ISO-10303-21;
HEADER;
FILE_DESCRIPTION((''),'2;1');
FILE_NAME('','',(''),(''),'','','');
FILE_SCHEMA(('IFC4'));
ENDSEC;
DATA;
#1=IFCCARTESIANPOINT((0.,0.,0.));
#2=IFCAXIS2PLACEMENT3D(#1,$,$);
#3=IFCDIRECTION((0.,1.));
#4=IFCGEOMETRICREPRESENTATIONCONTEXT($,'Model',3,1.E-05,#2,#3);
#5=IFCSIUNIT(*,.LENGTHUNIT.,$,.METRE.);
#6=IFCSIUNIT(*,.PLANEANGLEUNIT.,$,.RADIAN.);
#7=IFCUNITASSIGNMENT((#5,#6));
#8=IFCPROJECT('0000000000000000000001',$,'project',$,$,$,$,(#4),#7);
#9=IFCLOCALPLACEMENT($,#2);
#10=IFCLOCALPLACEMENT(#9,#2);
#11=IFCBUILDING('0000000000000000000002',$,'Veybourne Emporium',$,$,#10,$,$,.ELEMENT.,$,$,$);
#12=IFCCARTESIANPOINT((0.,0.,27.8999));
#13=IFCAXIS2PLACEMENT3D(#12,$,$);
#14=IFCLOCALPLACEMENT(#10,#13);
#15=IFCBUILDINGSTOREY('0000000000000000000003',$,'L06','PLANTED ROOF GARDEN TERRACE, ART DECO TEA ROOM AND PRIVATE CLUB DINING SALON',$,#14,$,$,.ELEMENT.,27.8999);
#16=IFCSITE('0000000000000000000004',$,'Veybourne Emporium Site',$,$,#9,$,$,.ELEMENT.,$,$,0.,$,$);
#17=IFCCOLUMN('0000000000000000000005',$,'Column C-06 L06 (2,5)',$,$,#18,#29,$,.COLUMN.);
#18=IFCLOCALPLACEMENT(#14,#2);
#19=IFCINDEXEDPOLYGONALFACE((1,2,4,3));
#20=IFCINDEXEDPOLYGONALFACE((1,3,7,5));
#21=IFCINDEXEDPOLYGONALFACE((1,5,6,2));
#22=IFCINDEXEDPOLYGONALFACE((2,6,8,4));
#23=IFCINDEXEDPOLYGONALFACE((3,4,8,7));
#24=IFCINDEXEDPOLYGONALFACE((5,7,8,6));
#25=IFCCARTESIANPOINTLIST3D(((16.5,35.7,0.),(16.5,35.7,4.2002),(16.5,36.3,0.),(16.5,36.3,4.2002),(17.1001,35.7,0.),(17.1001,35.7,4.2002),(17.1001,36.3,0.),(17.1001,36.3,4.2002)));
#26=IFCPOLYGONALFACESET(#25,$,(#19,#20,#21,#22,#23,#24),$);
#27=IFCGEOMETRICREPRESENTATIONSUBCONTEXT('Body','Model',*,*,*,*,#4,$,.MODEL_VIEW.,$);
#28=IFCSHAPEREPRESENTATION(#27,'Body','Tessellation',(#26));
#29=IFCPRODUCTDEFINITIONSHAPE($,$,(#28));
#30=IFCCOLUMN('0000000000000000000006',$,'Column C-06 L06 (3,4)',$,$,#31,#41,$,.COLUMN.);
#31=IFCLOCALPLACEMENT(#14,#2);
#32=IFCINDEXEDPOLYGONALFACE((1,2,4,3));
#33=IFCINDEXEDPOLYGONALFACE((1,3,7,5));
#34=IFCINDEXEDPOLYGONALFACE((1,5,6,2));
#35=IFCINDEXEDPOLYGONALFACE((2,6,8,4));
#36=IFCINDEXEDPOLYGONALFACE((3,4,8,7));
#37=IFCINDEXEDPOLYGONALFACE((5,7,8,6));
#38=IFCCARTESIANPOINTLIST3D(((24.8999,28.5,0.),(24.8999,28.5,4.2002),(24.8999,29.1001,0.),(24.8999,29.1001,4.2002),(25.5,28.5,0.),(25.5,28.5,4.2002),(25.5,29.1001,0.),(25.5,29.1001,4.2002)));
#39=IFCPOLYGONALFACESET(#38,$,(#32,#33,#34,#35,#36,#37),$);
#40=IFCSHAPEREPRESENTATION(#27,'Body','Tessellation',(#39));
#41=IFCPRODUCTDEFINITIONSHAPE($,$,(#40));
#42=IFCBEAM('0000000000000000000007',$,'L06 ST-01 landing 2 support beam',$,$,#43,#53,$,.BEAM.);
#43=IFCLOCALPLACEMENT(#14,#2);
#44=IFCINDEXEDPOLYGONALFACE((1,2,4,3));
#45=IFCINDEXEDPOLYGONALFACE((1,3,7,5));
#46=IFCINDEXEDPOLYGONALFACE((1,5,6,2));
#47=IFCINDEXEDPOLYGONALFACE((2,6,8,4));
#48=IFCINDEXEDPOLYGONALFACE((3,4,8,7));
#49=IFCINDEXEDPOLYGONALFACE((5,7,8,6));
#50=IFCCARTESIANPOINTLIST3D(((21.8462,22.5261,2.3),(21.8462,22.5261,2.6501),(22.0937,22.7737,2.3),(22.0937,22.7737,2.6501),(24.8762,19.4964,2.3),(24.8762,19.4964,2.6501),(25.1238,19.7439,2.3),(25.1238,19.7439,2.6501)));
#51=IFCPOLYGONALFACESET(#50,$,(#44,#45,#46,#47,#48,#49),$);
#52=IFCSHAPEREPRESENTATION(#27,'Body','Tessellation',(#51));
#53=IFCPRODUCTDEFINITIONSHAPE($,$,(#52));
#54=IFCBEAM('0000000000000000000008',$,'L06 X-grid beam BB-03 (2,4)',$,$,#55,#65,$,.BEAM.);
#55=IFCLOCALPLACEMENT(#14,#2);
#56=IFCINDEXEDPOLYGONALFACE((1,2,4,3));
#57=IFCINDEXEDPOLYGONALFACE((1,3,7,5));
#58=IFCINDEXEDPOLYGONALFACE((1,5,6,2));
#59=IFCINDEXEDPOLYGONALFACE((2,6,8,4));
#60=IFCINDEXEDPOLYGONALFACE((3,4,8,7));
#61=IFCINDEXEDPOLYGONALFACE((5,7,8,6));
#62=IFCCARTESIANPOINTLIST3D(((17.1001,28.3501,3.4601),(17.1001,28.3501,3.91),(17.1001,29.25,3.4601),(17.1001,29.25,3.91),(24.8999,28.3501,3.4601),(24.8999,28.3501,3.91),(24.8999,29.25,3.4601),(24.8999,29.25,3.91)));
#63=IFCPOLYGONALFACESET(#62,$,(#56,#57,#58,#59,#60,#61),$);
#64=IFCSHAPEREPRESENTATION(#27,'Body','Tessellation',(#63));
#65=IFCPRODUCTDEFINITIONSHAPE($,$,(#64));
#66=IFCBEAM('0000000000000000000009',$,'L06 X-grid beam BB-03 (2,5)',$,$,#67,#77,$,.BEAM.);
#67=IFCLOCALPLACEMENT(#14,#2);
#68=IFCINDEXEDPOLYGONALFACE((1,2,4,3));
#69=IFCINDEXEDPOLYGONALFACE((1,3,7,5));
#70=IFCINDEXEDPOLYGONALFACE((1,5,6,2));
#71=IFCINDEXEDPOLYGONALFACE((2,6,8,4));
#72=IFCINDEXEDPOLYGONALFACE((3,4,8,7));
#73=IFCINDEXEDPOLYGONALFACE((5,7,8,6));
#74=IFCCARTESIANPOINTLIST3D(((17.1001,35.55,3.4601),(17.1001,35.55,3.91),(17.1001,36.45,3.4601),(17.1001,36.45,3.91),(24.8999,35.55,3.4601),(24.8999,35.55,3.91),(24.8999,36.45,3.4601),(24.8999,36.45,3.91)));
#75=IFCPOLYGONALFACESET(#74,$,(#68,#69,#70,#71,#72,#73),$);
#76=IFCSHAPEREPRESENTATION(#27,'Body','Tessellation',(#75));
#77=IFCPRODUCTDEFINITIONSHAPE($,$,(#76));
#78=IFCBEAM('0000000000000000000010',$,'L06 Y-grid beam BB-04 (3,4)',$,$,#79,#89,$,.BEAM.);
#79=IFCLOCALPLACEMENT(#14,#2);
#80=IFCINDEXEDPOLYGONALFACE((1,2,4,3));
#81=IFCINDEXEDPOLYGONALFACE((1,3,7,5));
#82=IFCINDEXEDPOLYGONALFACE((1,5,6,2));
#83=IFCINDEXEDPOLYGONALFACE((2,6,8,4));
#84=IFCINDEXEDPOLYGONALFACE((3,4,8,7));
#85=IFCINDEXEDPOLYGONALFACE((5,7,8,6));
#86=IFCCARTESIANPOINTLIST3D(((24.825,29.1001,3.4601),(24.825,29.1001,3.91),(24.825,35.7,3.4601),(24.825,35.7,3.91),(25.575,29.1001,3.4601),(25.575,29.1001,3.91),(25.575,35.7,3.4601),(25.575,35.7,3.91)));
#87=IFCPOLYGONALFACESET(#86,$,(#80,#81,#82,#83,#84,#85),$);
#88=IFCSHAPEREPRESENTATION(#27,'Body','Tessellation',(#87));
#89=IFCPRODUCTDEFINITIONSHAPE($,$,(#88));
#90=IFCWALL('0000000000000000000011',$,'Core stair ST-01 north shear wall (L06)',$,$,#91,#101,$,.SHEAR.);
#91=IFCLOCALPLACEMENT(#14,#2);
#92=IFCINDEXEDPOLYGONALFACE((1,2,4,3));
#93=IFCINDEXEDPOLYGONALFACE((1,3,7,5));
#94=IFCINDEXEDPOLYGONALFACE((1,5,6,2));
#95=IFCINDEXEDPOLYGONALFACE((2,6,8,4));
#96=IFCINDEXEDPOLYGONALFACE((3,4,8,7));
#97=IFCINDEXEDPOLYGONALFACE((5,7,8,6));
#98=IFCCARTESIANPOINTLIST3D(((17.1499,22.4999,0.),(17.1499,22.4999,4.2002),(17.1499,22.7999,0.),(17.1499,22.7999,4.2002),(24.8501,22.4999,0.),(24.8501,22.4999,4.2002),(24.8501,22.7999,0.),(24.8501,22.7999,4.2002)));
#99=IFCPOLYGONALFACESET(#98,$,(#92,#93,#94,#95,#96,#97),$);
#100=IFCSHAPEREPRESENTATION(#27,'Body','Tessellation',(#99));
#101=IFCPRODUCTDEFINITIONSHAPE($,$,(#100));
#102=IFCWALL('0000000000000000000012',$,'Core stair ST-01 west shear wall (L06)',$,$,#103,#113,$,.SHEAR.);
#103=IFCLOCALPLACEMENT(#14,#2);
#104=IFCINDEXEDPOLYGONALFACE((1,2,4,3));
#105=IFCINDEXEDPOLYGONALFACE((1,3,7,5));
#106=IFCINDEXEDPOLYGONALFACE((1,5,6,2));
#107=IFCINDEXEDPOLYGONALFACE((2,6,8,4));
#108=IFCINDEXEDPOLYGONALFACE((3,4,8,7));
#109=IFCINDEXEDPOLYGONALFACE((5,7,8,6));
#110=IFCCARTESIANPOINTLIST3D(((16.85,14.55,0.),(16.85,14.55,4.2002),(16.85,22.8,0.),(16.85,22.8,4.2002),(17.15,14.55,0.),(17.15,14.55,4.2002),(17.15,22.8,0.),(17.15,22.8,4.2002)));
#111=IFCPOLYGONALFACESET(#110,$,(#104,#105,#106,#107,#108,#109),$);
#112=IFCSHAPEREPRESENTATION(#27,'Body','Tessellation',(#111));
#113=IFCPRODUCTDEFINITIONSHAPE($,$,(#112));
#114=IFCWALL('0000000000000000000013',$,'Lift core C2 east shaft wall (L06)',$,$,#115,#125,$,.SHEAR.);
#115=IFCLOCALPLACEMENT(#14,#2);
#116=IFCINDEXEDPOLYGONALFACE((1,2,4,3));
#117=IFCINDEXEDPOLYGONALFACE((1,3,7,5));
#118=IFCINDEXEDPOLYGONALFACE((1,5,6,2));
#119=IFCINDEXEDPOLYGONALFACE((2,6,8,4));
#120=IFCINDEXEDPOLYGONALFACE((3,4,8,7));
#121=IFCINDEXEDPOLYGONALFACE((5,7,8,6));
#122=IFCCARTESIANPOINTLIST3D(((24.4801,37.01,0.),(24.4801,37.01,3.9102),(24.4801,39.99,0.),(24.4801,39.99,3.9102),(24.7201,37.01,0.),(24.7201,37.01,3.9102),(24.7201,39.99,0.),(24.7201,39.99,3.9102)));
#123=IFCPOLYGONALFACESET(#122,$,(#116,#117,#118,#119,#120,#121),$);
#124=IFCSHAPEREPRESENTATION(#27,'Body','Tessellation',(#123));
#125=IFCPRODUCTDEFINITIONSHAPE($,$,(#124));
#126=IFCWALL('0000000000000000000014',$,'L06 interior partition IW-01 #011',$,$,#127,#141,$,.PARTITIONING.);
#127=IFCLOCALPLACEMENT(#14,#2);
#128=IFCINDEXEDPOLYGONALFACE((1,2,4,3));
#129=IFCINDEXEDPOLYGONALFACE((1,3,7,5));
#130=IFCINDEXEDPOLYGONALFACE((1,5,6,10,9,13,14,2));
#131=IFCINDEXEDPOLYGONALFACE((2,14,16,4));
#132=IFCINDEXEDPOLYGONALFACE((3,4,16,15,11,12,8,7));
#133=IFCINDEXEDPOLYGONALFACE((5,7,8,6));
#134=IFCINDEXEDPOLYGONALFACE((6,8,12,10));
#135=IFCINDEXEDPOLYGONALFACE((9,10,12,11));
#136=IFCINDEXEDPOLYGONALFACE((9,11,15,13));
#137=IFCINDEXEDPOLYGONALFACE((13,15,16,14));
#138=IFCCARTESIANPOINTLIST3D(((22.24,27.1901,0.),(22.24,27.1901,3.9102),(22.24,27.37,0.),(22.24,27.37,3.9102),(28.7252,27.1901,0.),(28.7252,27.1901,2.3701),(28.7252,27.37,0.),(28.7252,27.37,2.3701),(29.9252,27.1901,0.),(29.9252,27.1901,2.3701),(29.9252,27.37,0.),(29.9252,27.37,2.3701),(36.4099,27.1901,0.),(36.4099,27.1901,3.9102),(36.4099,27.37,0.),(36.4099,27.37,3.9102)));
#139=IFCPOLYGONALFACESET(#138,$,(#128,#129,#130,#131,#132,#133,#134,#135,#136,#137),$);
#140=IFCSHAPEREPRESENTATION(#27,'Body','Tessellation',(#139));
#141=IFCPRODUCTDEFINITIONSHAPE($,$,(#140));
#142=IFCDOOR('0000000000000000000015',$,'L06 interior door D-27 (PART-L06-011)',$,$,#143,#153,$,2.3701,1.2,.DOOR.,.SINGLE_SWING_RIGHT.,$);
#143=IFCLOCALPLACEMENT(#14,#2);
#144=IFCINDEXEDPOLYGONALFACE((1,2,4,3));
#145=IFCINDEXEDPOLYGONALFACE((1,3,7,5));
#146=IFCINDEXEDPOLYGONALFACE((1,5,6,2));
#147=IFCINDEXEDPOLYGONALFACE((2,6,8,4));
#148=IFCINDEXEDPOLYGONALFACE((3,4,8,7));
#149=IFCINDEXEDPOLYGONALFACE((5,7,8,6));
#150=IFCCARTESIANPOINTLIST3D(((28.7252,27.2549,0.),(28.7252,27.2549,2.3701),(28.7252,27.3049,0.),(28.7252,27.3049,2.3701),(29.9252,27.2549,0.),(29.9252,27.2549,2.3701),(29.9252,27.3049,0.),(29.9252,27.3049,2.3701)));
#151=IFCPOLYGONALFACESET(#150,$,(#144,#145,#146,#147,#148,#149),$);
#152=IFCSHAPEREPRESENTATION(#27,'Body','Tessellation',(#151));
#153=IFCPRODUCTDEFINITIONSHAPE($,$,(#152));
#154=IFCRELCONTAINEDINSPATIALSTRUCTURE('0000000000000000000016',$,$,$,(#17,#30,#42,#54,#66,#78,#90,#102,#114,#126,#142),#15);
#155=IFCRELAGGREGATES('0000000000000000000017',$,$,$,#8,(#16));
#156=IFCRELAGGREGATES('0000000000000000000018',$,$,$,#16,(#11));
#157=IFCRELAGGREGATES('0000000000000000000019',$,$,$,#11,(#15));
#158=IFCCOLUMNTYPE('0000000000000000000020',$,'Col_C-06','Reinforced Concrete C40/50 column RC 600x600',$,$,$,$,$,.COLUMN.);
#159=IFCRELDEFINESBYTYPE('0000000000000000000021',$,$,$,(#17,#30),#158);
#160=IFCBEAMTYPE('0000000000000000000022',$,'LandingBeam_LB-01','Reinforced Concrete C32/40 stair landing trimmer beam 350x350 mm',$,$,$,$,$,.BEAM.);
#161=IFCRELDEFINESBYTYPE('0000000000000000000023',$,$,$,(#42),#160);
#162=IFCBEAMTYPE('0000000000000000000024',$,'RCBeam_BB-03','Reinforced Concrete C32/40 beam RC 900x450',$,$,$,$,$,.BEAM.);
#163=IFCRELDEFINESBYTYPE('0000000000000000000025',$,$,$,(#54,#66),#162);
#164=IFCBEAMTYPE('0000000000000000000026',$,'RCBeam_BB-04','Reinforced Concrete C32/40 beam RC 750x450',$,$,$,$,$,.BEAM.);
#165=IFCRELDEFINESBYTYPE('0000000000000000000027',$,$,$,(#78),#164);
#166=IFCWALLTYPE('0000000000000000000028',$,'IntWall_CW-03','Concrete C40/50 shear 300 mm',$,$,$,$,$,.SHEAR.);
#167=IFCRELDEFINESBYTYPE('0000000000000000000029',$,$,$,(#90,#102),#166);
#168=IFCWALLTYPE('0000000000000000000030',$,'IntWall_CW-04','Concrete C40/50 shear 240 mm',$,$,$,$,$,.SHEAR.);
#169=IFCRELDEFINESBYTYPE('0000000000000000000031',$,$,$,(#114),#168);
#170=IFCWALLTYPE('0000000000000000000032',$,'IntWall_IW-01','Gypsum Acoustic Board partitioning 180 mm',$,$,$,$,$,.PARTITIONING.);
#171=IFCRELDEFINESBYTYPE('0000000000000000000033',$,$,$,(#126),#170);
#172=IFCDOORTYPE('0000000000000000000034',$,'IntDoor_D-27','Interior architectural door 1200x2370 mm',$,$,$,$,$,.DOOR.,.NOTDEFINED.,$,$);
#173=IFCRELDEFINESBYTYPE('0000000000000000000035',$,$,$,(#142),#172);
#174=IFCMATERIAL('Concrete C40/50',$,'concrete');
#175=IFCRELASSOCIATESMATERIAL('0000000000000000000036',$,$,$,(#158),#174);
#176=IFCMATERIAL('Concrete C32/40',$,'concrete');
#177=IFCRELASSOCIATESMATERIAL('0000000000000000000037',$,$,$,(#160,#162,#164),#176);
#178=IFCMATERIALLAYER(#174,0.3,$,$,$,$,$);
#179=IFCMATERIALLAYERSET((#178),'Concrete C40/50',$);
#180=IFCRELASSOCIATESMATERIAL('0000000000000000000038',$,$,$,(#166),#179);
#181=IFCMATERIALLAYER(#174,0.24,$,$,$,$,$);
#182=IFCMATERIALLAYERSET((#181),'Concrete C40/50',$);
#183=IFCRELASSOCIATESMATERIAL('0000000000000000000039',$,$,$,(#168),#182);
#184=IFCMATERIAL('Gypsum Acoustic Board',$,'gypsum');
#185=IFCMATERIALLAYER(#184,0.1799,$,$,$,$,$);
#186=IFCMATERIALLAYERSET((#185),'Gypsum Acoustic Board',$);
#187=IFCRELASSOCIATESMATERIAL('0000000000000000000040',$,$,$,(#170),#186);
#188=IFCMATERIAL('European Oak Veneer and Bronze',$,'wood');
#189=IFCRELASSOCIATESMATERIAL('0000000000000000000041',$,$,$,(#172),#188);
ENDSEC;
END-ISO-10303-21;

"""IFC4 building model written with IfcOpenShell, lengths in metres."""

from ifc_helpers import new_model, si_unit, direction, frame, frame_2d, origin, origin_2d, place, context, subcontext, project, spatial, rectangle, extrude, material, layer, layer_set, material_profile, profile_set, type_object, element, fill, save


model = new_model("IFC4")

# Units and contexts
model_context = context("Model", 3, precision=1e-05, world=origin(), true_north=direction((0.0, 1.0)))
body_context = subcontext(model_context, "Body", "Model", "MODEL_VIEW")
ifc_project = project(units=[si_unit("LENGTHUNIT", "METRE"), si_unit("PLANEANGLEUNIT", "RADIAN")], contexts=[model_context])

# Site, building, storey
site_placement = place(None, origin())
site = spatial("IfcSite", under=ifc_project, at=site_placement, Name="Veybourne Emporium Site", CompositionType="ELEMENT", RefElevation=0.0)
building_placement = place(site_placement, origin())
building = spatial("IfcBuilding", under=site, at=building_placement, Name="Veybourne Emporium", CompositionType="ELEMENT")
storey_placement = place(building_placement, frame((0.0, 0.0, 27.8999)))
storey = spatial("IfcBuildingStorey", under=building, at=storey_placement, Name="L06", Description="PLANTED ROOF GARDEN TERRACE, ART DECO TEA ROOM AND PRIVATE CLUB DINING SALON", CompositionType="ELEMENT", Elevation=27.8999)

# Columns
ifc_material_1 = material(Name="Concrete C40/50", Category="concrete")
ifc_material_profile_1 = material_profile(ifc_material_1, rectangle(XDim=0.6001, YDim=0.6001, at=origin_2d()), Name="RC 600x600")
ifc_profile_set_1 = profile_set([ifc_material_profile_1], Name="Concrete C40/50")
column_type = type_object("IfcColumnType", Name="Col_C-06", Description="Reinforced Concrete C40/50 column RC 600x600", PredefinedType="COLUMN", material=ifc_profile_set_1)
for number, where, z_axis, x_axis, name in (
    (1, (16.8, 36.0, 0.0), (0.0, 0.0, 1.0), (1.0, 0.0, 0.0), "Column C-06 L06 (2,5)"),
    (2, (25.2, 28.8, 0.0), (0.0, 0.0, 1.0), (1.0, 0.0, 0.0), "Column C-06 L06 (3,4)"),
):
    element("IfcColumn", number, at=place(storey_placement, frame(where, z_axis=z_axis, x_axis=x_axis)), inside=storey, type_object=column_type, Name=name, PredefinedType="COLUMN", context=body_context, shape_type="SweptSolid", body=[
        extrude(rectangle(XDim=0.6001, YDim=0.6001, at=origin_2d()), origin(), (0.0, 0.0, 1.0), 4.2002),
    ])

# Beams
ifc_material_2 = material(Name="Concrete C32/40", Category="concrete")
ifc_material_profile_2 = material_profile(ifc_material_2, rectangle(XDim=0.3501, YDim=0.3501, at=origin_2d()), Name="RC 350x350")
ifc_profile_set_2 = profile_set([ifc_material_profile_2], Name="Concrete C32/40")
beam_type_1 = type_object("IfcBeamType", Name="LandingBeam_LB-01", Description="Reinforced Concrete C32/40 stair landing trimmer beam 350x350 mm", PredefinedType="BEAM", material=ifc_profile_set_2)
beam_1_placement = place(storey_placement, frame((21.97, 22.6499, 2.4751), z_axis=(0.707135, -0.707078, 0.0), x_axis=(0.707078, 0.707135, 0.0)))
element("IfcBeam", 3, at=beam_1_placement, inside=storey, type_object=beam_type_1, Name="L06 ST-01 landing 2 support beam", PredefinedType="BEAM", context=body_context, shape_type="SweptSolid", body=[
    extrude(rectangle(XDim=0.3501, YDim=0.3501, at=origin_2d()), origin(), (0.0, 0.0, 1.0), 4.2849),
])
ifc_material_profile_3 = material_profile(ifc_material_2, rectangle(XDim=0.8999, YDim=0.45, at=origin_2d()), Name="RC 900x450")
ifc_profile_set_3 = profile_set([ifc_material_profile_3], Name="Concrete C32/40")
beam_type_2 = type_object("IfcBeamType", Name="RCBeam_BB-03", Description="Reinforced Concrete C32/40 beam RC 900x450", PredefinedType="BEAM", material=ifc_profile_set_3)
for number, where, z_axis, x_axis, name in (
    (4, (17.1001, 28.8, 3.6851), (1.0, 0.0, 0.0), (0.0, 1.0, 0.0), "L06 X-grid beam BB-03 (2,4)"),
    (5, (17.1001, 36.0, 3.6851), (1.0, 0.0, 0.0), (0.0, 1.0, 0.0), "L06 X-grid beam BB-03 (2,5)"),
):
    element("IfcBeam", number, at=place(storey_placement, frame(where, z_axis=z_axis, x_axis=x_axis)), inside=storey, type_object=beam_type_2, Name=name, PredefinedType="BEAM", context=body_context, shape_type="SweptSolid", body=[
        extrude(rectangle(XDim=0.8999, YDim=0.45, at=origin_2d()), origin(), (0.0, 0.0, 1.0), 7.7998),
    ])
ifc_material_profile_4 = material_profile(ifc_material_2, rectangle(XDim=0.75, YDim=0.45, at=origin_2d()), Name="RC 750x450")
ifc_profile_set_4 = profile_set([ifc_material_profile_4], Name="Concrete C32/40")
beam_type_3 = type_object("IfcBeamType", Name="RCBeam_BB-04", Description="Reinforced Concrete C32/40 beam RC 750x450", PredefinedType="BEAM", material=ifc_profile_set_4)
beam_2_placement = place(storey_placement, frame((25.2, 29.1001, 3.6851), z_axis=(0.0, 1.0, 0.0), x_axis=(-1.0, 0.0, 0.0)))
element("IfcBeam", 6, at=beam_2_placement, inside=storey, type_object=beam_type_3, Name="L06 Y-grid beam BB-04 (3,4)", PredefinedType="BEAM", context=body_context, shape_type="SweptSolid", body=[
    extrude(rectangle(XDim=0.75, YDim=0.45, at=origin_2d()), origin(), (0.0, 0.0, 1.0), 6.5999),
])

# Walls
ifc_layer_1 = layer(ifc_material_1, 0.3)
ifc_layer_set_1 = layer_set([ifc_layer_1], Name="Concrete C40/50")
wall_type_1 = type_object("IfcWallType", Name="IntWall_CW-03", Description="Concrete C40/50 shear 300 mm", PredefinedType="SHEAR", material=ifc_layer_set_1)
wall_1_placement = place(storey_placement, frame((17.1499, 22.6499, 0.0), z_axis=(0.0, 0.0, 1.0), x_axis=(1.0, 0.0, 0.0)))
element("IfcWall", 7, at=wall_1_placement, inside=storey, type_object=wall_type_1, Name="Core stair ST-01 north shear wall (L06)", PredefinedType="SHEAR", context=body_context, shape_type="SweptSolid", body=[
    extrude(rectangle(XDim=7.7002, YDim=0.3, at=frame_2d((3.8501, 0.0))), origin(), (0.0, 0.0, 1.0), 4.2002),
])
wall_2_placement = place(storey_placement, frame((17.0, 22.8, 0.0), z_axis=(0.0, 0.0, 1.0), x_axis=(0.0, -1.0, 0.0)))
element("IfcWall", 8, at=wall_2_placement, inside=storey, type_object=wall_type_1, Name="Core stair ST-01 west shear wall (L06)", PredefinedType="SHEAR", context=body_context, shape_type="SweptSolid", body=[
    extrude(rectangle(XDim=8.25, YDim=0.3, at=frame_2d((4.125, 0.0))), origin(), (0.0, 0.0, 1.0), 4.2002),
])
ifc_layer_2 = layer(ifc_material_1, 0.24)
ifc_layer_set_2 = layer_set([ifc_layer_2], Name="Concrete C40/50")
wall_type_2 = type_object("IfcWallType", Name="IntWall_CW-04", Description="Concrete C40/50 shear 240 mm", PredefinedType="SHEAR", material=ifc_layer_set_2)
wall_3_placement = place(storey_placement, frame((24.6001, 37.01, 0.0), z_axis=(0.0, 0.0, 1.0), x_axis=(0.0, 1.0, 0.0)))
element("IfcWall", 9, at=wall_3_placement, inside=storey, type_object=wall_type_2, Name="Lift core C2 east shaft wall (L06)", PredefinedType="SHEAR", context=body_context, shape_type="SweptSolid", body=[
    extrude(rectangle(XDim=2.98, YDim=0.24, at=frame_2d((1.49, 0.0))), origin(), (0.0, 0.0, 1.0), 3.9102),
])

# Wall, opening, door
ifc_material_3 = material(Name="Gypsum Acoustic Board", Category="gypsum")
ifc_layer_3 = layer(ifc_material_3, 0.1799)
ifc_layer_set_3 = layer_set([ifc_layer_3], Name="Gypsum Acoustic Board")
wall_type_3 = type_object("IfcWallType", Name="IntWall_IW-01", Description="Gypsum Acoustic Board partitioning 180 mm", PredefinedType="PARTITIONING", material=ifc_layer_set_3)
wall_4_placement = place(storey_placement, frame((22.24, 27.28, 0.0), z_axis=(0.0, 0.0, 1.0), x_axis=(1.0, 0.0, 0.0)))
wall_4 = element("IfcWall", 10, at=wall_4_placement, inside=storey, type_object=wall_type_3, Name="L06 interior partition IW-01 #011", PredefinedType="PARTITIONING", context=body_context, shape_type="SweptSolid", body=[
    extrude(rectangle(XDim=14.1699, YDim=0.1799, at=frame_2d((7.085, 0.0))), origin(), (0.0, 0.0, 1.0), 3.9102),
])
opening_1_placement = place(wall_4_placement, frame((6.4851, 0.0, 0.0)))
opening_1 = element("IfcOpeningElement", 11, at=opening_1_placement, cuts=wall_4, PredefinedType="OPENING", context=body_context, shape_type="SweptSolid", body=[
    extrude(rectangle(XDim=1.2, YDim=2.3701, at=frame_2d((0.6001, 1.1851))), frame((0.0, 0.1099, 0.0), z_axis=(0.0, -1.0, 0.0), x_axis=(1.0, 0.0, 0.0)), (0.0, 0.0, 1.0), 0.22),
])
ifc_material_4 = material(Name="European Oak Veneer and Bronze", Category="wood")
door_type_1 = type_object("IfcDoorType", Name="IntDoor_D-27", Description="Interior architectural door 1200x2370 mm", OperationType="NOTDEFINED", PredefinedType="DOOR", material=ifc_material_4)
door_1_placement = place(opening_1_placement, origin())
door_1 = element("IfcDoor", 12, at=door_1_placement, inside=storey, type_object=door_type_1, Name="L06 interior door D-27 (PART-L06-011)", OperationType="SINGLE_SWING_RIGHT", OverallHeight=2.3701, OverallWidth=1.2, PredefinedType="DOOR", context=body_context, shape_type="SweptSolid", body=[
    extrude(rectangle(XDim=1.2, YDim=2.3701, at=frame_2d((0.6001, 1.1851))), frame((0.0, 0.0249, 0.0), z_axis=(0.0, -1.0, 0.0), x_axis=(1.0, 0.0, 0.0)), (0.0, 0.0, 1.0), 0.05),
])
fill(opening_1, door_1)

save(model, "model.ifc")
